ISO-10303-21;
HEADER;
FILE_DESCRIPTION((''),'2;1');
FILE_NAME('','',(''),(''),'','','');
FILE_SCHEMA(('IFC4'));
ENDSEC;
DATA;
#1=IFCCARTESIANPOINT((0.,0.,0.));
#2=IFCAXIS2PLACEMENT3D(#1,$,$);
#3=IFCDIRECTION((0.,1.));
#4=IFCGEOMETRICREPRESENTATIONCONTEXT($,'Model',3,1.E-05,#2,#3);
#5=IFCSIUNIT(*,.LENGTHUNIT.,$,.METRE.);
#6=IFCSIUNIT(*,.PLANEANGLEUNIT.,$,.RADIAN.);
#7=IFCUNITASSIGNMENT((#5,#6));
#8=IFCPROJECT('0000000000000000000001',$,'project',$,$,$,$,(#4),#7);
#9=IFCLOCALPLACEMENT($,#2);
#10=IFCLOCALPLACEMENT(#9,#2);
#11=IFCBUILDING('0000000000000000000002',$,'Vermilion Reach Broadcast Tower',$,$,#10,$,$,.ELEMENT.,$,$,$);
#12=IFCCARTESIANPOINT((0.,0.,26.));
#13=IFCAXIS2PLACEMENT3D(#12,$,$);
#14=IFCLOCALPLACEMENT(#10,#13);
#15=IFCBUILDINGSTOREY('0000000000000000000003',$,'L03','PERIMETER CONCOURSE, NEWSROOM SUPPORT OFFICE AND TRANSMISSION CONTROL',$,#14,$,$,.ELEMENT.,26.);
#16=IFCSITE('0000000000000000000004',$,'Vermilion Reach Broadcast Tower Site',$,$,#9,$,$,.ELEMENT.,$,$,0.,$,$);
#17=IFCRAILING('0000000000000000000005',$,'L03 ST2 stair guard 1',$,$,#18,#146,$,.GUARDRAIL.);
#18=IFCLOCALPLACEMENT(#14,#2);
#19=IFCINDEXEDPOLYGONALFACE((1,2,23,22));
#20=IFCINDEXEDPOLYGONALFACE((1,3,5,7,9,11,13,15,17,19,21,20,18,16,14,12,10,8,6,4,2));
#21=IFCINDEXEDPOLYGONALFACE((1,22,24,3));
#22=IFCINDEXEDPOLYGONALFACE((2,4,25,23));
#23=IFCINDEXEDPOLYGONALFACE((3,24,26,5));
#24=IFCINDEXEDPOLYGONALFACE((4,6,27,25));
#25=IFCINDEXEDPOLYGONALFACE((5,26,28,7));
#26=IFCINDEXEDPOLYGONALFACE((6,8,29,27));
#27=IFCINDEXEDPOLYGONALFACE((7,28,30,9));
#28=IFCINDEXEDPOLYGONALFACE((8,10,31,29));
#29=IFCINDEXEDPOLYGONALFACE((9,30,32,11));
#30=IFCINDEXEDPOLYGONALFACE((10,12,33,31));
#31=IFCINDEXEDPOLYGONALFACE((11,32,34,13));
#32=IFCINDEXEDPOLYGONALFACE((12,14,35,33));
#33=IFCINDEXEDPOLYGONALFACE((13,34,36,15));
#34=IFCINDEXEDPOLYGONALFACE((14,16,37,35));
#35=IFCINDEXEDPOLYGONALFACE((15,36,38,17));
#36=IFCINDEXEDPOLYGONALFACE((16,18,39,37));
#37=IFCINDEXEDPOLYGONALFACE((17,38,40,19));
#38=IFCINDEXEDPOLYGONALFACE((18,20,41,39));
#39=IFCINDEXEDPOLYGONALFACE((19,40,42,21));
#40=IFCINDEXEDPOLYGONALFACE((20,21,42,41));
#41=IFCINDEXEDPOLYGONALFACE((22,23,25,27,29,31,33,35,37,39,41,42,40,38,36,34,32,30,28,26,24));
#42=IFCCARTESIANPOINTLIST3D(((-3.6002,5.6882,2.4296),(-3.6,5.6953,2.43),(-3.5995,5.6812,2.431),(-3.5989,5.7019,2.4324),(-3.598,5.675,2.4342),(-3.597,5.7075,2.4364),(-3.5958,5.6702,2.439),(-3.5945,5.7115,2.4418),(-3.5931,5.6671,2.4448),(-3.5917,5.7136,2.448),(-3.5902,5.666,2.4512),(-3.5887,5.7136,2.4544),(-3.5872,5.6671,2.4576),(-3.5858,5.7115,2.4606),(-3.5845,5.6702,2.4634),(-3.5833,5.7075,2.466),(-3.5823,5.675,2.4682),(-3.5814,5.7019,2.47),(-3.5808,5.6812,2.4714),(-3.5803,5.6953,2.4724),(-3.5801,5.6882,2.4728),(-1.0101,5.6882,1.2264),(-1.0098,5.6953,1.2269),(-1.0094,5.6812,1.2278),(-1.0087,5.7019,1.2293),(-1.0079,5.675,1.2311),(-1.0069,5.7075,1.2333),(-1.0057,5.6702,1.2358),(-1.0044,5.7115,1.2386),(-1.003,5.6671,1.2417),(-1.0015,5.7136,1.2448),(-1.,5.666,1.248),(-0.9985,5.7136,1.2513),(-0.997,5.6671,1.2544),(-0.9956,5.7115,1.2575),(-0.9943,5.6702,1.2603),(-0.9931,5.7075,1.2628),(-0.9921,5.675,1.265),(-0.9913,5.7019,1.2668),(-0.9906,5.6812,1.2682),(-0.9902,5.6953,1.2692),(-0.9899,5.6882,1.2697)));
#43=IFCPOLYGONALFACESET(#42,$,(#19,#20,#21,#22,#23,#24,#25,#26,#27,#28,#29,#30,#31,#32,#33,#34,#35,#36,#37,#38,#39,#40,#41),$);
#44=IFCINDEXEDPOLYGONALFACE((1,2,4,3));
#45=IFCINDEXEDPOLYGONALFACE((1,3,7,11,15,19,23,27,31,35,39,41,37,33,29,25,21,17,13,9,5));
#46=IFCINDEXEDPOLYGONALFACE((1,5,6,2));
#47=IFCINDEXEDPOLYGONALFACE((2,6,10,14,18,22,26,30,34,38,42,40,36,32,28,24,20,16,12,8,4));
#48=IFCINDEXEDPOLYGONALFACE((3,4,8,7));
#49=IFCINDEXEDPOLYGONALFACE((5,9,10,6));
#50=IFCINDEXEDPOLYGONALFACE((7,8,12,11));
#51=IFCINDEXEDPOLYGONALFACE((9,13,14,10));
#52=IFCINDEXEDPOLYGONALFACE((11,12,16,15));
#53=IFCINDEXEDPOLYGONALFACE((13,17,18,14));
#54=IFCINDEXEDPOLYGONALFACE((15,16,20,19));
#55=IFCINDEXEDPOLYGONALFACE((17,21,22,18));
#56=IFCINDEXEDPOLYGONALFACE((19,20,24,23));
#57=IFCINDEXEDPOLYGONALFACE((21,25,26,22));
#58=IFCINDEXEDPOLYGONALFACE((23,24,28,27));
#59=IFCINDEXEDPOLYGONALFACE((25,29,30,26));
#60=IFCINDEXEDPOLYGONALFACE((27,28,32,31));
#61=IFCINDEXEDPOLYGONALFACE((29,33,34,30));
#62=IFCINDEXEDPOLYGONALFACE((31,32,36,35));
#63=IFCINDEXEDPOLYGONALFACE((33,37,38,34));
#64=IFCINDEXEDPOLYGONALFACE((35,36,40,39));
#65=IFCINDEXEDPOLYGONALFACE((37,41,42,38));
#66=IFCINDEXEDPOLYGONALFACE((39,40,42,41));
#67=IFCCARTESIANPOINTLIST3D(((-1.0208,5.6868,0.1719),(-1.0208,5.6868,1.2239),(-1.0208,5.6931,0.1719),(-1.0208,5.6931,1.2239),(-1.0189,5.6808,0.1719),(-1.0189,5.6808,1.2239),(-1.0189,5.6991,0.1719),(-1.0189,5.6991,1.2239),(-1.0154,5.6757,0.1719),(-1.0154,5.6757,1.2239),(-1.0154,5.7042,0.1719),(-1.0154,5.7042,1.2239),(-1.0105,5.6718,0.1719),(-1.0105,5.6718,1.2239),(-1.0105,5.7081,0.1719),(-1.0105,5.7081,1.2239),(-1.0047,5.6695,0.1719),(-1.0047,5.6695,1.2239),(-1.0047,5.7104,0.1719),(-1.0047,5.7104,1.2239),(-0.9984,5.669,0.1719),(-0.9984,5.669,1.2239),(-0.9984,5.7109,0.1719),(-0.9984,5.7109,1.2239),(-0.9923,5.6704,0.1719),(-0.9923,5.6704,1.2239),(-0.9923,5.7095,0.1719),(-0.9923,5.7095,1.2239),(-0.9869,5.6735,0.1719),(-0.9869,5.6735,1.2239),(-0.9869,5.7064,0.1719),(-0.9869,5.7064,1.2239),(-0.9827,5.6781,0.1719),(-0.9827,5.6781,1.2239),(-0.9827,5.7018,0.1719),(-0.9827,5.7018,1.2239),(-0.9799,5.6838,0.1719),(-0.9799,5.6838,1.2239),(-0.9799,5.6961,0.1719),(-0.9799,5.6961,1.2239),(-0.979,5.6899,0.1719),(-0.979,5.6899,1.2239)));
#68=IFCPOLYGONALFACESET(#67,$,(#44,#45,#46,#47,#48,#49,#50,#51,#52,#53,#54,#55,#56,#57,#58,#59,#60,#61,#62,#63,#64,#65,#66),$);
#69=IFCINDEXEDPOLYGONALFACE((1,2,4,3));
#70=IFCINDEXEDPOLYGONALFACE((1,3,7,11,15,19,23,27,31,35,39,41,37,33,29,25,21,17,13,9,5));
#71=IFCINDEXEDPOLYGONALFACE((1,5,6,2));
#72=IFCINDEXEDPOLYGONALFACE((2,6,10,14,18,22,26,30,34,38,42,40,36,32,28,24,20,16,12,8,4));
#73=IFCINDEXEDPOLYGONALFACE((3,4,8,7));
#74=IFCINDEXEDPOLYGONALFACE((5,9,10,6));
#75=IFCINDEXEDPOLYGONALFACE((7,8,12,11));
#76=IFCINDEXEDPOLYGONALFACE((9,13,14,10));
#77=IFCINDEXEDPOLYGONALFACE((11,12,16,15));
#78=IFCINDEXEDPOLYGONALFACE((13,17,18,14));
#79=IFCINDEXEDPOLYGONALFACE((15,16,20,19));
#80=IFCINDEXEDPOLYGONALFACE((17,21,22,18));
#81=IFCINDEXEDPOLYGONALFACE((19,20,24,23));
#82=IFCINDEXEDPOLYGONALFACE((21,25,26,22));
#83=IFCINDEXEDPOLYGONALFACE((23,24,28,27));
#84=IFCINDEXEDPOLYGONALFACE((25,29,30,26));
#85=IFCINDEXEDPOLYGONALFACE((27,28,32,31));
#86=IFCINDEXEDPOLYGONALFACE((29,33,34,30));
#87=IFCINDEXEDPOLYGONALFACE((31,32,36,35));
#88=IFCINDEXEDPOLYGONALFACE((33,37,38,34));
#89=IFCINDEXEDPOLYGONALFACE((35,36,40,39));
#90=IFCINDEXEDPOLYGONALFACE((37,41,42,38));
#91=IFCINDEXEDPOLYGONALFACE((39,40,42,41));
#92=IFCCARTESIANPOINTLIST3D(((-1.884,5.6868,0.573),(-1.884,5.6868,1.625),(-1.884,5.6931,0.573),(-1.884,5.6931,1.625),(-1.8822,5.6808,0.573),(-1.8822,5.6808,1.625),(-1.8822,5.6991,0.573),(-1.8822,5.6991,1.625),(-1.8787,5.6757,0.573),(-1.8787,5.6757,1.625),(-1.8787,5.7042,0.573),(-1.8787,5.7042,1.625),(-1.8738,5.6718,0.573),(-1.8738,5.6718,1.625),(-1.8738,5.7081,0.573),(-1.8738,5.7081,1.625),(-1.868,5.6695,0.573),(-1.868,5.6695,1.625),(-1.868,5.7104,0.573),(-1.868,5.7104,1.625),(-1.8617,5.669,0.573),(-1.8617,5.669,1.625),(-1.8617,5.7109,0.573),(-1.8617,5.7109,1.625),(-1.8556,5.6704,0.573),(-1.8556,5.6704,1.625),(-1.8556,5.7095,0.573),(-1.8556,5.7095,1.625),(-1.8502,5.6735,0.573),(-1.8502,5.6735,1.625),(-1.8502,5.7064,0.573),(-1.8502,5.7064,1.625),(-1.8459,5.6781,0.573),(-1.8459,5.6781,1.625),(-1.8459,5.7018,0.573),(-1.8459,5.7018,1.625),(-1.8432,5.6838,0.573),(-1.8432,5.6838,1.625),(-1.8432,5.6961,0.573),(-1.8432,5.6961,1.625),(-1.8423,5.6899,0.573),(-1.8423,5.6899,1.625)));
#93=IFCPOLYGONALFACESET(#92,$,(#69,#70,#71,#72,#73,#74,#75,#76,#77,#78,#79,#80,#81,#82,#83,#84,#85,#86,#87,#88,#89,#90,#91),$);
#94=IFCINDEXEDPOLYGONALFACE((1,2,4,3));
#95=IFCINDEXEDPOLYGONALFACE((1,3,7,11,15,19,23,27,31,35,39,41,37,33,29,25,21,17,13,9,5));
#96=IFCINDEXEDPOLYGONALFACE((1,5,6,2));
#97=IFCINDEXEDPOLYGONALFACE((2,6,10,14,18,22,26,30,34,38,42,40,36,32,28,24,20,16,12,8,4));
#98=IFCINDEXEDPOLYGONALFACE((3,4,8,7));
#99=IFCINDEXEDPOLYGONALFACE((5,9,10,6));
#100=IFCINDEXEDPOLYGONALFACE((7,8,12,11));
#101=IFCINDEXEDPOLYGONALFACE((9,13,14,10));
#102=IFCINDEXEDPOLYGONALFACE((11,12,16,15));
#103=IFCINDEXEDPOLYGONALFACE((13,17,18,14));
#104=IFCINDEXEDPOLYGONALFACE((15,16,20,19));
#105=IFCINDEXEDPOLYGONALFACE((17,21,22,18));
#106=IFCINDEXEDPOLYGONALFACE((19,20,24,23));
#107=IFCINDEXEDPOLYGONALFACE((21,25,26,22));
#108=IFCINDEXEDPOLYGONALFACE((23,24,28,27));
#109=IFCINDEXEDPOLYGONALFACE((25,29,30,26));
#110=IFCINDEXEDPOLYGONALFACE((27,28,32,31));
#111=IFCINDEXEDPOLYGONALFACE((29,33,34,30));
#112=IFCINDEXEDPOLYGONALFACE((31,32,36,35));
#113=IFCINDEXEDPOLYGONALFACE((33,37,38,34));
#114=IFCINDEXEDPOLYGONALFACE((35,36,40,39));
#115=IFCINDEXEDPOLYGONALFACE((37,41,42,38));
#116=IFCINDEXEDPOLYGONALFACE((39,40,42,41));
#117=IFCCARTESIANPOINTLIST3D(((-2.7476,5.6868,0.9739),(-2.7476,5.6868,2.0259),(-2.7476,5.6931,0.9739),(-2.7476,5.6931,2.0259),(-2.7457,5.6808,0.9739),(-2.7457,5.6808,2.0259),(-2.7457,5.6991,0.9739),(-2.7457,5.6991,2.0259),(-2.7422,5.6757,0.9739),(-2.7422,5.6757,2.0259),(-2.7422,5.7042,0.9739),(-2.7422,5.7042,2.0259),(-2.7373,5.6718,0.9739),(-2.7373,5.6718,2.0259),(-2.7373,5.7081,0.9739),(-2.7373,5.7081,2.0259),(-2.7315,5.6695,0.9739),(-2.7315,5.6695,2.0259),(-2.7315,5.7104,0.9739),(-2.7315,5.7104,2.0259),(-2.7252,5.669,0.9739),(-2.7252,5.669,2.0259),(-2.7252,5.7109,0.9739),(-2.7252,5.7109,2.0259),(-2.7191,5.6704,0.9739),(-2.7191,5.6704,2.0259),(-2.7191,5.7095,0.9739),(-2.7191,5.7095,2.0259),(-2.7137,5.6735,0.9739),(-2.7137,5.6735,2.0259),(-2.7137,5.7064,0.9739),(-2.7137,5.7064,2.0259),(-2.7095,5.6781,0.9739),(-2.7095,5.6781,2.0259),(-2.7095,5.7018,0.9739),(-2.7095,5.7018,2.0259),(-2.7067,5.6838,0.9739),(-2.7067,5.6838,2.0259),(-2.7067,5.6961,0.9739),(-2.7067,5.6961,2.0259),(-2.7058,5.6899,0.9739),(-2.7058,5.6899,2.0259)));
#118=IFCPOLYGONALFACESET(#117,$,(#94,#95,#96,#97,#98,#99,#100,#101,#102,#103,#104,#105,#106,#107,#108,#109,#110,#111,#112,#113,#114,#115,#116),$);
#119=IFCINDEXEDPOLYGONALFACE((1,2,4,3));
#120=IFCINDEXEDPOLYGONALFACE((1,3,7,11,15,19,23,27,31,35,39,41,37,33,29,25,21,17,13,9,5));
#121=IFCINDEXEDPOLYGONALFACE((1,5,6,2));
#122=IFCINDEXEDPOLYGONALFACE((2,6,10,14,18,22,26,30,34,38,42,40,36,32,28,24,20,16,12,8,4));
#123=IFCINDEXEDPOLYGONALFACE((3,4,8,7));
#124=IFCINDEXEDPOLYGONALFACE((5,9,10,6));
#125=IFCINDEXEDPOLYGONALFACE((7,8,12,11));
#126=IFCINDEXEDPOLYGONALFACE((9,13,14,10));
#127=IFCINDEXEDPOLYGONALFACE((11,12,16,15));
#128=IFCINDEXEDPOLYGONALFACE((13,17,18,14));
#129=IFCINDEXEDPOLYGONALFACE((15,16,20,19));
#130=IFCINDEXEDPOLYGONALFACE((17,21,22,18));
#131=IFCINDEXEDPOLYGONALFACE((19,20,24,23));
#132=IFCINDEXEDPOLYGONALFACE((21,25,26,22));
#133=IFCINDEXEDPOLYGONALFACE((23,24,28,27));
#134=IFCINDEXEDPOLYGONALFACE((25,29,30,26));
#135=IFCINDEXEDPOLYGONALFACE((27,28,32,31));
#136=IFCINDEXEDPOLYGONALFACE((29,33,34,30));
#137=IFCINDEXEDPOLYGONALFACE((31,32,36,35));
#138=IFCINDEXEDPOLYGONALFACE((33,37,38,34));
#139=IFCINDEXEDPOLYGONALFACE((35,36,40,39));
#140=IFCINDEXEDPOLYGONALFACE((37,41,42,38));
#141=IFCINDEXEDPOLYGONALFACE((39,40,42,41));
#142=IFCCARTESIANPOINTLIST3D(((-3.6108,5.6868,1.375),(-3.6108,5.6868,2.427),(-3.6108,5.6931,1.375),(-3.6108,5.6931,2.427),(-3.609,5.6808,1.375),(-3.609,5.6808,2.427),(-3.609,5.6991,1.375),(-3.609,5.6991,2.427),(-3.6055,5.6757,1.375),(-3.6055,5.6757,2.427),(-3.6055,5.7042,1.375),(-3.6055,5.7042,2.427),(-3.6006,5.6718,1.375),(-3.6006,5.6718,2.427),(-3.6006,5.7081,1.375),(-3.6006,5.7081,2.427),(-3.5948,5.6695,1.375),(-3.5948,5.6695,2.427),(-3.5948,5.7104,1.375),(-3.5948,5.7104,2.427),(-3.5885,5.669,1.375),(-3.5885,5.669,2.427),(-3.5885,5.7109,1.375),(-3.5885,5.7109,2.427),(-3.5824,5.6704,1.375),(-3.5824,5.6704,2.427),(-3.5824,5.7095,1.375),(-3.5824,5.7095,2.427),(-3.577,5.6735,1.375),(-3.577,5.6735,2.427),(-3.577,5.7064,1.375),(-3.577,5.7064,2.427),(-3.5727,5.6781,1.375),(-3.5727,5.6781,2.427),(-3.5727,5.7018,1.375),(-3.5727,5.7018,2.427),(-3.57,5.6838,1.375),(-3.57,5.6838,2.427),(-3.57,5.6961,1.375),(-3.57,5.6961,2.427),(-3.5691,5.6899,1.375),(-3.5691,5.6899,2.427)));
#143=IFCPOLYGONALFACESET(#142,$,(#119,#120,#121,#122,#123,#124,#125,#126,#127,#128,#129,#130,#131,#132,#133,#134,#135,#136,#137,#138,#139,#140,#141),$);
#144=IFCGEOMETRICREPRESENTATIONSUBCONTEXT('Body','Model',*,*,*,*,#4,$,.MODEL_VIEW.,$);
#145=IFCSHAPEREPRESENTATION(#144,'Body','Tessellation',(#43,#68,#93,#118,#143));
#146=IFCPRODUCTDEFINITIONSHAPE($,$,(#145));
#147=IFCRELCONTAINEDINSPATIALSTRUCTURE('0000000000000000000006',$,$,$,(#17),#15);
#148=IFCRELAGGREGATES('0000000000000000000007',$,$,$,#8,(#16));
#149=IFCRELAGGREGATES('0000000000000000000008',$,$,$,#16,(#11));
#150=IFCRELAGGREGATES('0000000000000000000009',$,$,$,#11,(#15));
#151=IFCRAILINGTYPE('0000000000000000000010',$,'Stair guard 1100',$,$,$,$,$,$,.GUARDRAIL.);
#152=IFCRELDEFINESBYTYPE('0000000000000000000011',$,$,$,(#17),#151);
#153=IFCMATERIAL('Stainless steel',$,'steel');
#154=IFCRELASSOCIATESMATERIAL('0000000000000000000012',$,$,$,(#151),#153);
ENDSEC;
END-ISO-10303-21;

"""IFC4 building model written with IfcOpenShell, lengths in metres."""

from ifc_helpers import new_model, si_unit, direction, frame, origin, origin_2d, place, context, subcontext, project, spatial, circle, extrude, material, type_object, element, save


model = new_model("IFC4")

# Units and contexts
model_context = context("Model", 3, precision=1e-05, world=origin(), true_north=direction((0.0, 1.0)))
body_context = subcontext(model_context, "Body", "Model", "MODEL_VIEW")
ifc_project = project(units=[si_unit("LENGTHUNIT", "METRE"), si_unit("PLANEANGLEUNIT", "RADIAN")], contexts=[model_context])

# Site, building, storey
site_placement = place(None, origin())
site = spatial("IfcSite", under=ifc_project, at=site_placement, Name="Vermilion Reach Broadcast Tower Site", CompositionType="ELEMENT", RefElevation=0.0)
building_placement = place(site_placement, origin())
building = spatial("IfcBuilding", under=site, at=building_placement, Name="Vermilion Reach Broadcast Tower", CompositionType="ELEMENT")
storey_placement = place(building_placement, frame((0.0, 0.0, 26.0)))
storey = spatial("IfcBuildingStorey", under=building, at=storey_placement, Name="L03", Description="PERIMETER CONCOURSE, NEWSROOM SUPPORT OFFICE AND TRANSMISSION CONTROL", CompositionType="ELEMENT", Elevation=26.0)

# Railing
ifc_material_1 = material(Name="Stainless steel", Category="steel")
railing_type_1 = type_object("IfcRailingType", Name="Stair guard 1100", PredefinedType="GUARDRAIL", material=ifc_material_1)
railing_1_placement = place(storey_placement, frame((-1.0, 5.6899, 0.1719)))
element("IfcRailing", 1, at=railing_1_placement, inside=storey, type_object=railing_type_1, Name="L03 ST2 stair guard 1", PredefinedType="GUARDRAIL", context=body_context, shape_type="SweptSolid", body=[
    extrude(circle(Radius=0.0239, at=origin_2d()), frame((0.0, 0.0, 1.0762), z_axis=(-0.906931, 0.0, 0.42128), x_axis=(0.0, -1.0, 0.0)), (0.0, 0.0, 1.0), 2.856),
    extrude(circle(Radius=0.021, at=origin_2d()), origin(), (0.0, 0.0, 1.0), 1.052),
    extrude(circle(Radius=0.021, at=origin_2d()), frame((-0.8633, 0.0, 0.4011)), (0.0, 0.0, 1.0), 1.052),
    extrude(circle(Radius=0.021, at=origin_2d()), frame((-1.7268, 0.0, 0.802)), (0.0, 0.0, 1.0), 1.052),
    extrude(circle(Radius=0.021, at=origin_2d()), frame((-2.5901, 0.0, 1.2031)), (0.0, 0.0, 1.0), 1.052),
])

save(model, "model.ifc")
